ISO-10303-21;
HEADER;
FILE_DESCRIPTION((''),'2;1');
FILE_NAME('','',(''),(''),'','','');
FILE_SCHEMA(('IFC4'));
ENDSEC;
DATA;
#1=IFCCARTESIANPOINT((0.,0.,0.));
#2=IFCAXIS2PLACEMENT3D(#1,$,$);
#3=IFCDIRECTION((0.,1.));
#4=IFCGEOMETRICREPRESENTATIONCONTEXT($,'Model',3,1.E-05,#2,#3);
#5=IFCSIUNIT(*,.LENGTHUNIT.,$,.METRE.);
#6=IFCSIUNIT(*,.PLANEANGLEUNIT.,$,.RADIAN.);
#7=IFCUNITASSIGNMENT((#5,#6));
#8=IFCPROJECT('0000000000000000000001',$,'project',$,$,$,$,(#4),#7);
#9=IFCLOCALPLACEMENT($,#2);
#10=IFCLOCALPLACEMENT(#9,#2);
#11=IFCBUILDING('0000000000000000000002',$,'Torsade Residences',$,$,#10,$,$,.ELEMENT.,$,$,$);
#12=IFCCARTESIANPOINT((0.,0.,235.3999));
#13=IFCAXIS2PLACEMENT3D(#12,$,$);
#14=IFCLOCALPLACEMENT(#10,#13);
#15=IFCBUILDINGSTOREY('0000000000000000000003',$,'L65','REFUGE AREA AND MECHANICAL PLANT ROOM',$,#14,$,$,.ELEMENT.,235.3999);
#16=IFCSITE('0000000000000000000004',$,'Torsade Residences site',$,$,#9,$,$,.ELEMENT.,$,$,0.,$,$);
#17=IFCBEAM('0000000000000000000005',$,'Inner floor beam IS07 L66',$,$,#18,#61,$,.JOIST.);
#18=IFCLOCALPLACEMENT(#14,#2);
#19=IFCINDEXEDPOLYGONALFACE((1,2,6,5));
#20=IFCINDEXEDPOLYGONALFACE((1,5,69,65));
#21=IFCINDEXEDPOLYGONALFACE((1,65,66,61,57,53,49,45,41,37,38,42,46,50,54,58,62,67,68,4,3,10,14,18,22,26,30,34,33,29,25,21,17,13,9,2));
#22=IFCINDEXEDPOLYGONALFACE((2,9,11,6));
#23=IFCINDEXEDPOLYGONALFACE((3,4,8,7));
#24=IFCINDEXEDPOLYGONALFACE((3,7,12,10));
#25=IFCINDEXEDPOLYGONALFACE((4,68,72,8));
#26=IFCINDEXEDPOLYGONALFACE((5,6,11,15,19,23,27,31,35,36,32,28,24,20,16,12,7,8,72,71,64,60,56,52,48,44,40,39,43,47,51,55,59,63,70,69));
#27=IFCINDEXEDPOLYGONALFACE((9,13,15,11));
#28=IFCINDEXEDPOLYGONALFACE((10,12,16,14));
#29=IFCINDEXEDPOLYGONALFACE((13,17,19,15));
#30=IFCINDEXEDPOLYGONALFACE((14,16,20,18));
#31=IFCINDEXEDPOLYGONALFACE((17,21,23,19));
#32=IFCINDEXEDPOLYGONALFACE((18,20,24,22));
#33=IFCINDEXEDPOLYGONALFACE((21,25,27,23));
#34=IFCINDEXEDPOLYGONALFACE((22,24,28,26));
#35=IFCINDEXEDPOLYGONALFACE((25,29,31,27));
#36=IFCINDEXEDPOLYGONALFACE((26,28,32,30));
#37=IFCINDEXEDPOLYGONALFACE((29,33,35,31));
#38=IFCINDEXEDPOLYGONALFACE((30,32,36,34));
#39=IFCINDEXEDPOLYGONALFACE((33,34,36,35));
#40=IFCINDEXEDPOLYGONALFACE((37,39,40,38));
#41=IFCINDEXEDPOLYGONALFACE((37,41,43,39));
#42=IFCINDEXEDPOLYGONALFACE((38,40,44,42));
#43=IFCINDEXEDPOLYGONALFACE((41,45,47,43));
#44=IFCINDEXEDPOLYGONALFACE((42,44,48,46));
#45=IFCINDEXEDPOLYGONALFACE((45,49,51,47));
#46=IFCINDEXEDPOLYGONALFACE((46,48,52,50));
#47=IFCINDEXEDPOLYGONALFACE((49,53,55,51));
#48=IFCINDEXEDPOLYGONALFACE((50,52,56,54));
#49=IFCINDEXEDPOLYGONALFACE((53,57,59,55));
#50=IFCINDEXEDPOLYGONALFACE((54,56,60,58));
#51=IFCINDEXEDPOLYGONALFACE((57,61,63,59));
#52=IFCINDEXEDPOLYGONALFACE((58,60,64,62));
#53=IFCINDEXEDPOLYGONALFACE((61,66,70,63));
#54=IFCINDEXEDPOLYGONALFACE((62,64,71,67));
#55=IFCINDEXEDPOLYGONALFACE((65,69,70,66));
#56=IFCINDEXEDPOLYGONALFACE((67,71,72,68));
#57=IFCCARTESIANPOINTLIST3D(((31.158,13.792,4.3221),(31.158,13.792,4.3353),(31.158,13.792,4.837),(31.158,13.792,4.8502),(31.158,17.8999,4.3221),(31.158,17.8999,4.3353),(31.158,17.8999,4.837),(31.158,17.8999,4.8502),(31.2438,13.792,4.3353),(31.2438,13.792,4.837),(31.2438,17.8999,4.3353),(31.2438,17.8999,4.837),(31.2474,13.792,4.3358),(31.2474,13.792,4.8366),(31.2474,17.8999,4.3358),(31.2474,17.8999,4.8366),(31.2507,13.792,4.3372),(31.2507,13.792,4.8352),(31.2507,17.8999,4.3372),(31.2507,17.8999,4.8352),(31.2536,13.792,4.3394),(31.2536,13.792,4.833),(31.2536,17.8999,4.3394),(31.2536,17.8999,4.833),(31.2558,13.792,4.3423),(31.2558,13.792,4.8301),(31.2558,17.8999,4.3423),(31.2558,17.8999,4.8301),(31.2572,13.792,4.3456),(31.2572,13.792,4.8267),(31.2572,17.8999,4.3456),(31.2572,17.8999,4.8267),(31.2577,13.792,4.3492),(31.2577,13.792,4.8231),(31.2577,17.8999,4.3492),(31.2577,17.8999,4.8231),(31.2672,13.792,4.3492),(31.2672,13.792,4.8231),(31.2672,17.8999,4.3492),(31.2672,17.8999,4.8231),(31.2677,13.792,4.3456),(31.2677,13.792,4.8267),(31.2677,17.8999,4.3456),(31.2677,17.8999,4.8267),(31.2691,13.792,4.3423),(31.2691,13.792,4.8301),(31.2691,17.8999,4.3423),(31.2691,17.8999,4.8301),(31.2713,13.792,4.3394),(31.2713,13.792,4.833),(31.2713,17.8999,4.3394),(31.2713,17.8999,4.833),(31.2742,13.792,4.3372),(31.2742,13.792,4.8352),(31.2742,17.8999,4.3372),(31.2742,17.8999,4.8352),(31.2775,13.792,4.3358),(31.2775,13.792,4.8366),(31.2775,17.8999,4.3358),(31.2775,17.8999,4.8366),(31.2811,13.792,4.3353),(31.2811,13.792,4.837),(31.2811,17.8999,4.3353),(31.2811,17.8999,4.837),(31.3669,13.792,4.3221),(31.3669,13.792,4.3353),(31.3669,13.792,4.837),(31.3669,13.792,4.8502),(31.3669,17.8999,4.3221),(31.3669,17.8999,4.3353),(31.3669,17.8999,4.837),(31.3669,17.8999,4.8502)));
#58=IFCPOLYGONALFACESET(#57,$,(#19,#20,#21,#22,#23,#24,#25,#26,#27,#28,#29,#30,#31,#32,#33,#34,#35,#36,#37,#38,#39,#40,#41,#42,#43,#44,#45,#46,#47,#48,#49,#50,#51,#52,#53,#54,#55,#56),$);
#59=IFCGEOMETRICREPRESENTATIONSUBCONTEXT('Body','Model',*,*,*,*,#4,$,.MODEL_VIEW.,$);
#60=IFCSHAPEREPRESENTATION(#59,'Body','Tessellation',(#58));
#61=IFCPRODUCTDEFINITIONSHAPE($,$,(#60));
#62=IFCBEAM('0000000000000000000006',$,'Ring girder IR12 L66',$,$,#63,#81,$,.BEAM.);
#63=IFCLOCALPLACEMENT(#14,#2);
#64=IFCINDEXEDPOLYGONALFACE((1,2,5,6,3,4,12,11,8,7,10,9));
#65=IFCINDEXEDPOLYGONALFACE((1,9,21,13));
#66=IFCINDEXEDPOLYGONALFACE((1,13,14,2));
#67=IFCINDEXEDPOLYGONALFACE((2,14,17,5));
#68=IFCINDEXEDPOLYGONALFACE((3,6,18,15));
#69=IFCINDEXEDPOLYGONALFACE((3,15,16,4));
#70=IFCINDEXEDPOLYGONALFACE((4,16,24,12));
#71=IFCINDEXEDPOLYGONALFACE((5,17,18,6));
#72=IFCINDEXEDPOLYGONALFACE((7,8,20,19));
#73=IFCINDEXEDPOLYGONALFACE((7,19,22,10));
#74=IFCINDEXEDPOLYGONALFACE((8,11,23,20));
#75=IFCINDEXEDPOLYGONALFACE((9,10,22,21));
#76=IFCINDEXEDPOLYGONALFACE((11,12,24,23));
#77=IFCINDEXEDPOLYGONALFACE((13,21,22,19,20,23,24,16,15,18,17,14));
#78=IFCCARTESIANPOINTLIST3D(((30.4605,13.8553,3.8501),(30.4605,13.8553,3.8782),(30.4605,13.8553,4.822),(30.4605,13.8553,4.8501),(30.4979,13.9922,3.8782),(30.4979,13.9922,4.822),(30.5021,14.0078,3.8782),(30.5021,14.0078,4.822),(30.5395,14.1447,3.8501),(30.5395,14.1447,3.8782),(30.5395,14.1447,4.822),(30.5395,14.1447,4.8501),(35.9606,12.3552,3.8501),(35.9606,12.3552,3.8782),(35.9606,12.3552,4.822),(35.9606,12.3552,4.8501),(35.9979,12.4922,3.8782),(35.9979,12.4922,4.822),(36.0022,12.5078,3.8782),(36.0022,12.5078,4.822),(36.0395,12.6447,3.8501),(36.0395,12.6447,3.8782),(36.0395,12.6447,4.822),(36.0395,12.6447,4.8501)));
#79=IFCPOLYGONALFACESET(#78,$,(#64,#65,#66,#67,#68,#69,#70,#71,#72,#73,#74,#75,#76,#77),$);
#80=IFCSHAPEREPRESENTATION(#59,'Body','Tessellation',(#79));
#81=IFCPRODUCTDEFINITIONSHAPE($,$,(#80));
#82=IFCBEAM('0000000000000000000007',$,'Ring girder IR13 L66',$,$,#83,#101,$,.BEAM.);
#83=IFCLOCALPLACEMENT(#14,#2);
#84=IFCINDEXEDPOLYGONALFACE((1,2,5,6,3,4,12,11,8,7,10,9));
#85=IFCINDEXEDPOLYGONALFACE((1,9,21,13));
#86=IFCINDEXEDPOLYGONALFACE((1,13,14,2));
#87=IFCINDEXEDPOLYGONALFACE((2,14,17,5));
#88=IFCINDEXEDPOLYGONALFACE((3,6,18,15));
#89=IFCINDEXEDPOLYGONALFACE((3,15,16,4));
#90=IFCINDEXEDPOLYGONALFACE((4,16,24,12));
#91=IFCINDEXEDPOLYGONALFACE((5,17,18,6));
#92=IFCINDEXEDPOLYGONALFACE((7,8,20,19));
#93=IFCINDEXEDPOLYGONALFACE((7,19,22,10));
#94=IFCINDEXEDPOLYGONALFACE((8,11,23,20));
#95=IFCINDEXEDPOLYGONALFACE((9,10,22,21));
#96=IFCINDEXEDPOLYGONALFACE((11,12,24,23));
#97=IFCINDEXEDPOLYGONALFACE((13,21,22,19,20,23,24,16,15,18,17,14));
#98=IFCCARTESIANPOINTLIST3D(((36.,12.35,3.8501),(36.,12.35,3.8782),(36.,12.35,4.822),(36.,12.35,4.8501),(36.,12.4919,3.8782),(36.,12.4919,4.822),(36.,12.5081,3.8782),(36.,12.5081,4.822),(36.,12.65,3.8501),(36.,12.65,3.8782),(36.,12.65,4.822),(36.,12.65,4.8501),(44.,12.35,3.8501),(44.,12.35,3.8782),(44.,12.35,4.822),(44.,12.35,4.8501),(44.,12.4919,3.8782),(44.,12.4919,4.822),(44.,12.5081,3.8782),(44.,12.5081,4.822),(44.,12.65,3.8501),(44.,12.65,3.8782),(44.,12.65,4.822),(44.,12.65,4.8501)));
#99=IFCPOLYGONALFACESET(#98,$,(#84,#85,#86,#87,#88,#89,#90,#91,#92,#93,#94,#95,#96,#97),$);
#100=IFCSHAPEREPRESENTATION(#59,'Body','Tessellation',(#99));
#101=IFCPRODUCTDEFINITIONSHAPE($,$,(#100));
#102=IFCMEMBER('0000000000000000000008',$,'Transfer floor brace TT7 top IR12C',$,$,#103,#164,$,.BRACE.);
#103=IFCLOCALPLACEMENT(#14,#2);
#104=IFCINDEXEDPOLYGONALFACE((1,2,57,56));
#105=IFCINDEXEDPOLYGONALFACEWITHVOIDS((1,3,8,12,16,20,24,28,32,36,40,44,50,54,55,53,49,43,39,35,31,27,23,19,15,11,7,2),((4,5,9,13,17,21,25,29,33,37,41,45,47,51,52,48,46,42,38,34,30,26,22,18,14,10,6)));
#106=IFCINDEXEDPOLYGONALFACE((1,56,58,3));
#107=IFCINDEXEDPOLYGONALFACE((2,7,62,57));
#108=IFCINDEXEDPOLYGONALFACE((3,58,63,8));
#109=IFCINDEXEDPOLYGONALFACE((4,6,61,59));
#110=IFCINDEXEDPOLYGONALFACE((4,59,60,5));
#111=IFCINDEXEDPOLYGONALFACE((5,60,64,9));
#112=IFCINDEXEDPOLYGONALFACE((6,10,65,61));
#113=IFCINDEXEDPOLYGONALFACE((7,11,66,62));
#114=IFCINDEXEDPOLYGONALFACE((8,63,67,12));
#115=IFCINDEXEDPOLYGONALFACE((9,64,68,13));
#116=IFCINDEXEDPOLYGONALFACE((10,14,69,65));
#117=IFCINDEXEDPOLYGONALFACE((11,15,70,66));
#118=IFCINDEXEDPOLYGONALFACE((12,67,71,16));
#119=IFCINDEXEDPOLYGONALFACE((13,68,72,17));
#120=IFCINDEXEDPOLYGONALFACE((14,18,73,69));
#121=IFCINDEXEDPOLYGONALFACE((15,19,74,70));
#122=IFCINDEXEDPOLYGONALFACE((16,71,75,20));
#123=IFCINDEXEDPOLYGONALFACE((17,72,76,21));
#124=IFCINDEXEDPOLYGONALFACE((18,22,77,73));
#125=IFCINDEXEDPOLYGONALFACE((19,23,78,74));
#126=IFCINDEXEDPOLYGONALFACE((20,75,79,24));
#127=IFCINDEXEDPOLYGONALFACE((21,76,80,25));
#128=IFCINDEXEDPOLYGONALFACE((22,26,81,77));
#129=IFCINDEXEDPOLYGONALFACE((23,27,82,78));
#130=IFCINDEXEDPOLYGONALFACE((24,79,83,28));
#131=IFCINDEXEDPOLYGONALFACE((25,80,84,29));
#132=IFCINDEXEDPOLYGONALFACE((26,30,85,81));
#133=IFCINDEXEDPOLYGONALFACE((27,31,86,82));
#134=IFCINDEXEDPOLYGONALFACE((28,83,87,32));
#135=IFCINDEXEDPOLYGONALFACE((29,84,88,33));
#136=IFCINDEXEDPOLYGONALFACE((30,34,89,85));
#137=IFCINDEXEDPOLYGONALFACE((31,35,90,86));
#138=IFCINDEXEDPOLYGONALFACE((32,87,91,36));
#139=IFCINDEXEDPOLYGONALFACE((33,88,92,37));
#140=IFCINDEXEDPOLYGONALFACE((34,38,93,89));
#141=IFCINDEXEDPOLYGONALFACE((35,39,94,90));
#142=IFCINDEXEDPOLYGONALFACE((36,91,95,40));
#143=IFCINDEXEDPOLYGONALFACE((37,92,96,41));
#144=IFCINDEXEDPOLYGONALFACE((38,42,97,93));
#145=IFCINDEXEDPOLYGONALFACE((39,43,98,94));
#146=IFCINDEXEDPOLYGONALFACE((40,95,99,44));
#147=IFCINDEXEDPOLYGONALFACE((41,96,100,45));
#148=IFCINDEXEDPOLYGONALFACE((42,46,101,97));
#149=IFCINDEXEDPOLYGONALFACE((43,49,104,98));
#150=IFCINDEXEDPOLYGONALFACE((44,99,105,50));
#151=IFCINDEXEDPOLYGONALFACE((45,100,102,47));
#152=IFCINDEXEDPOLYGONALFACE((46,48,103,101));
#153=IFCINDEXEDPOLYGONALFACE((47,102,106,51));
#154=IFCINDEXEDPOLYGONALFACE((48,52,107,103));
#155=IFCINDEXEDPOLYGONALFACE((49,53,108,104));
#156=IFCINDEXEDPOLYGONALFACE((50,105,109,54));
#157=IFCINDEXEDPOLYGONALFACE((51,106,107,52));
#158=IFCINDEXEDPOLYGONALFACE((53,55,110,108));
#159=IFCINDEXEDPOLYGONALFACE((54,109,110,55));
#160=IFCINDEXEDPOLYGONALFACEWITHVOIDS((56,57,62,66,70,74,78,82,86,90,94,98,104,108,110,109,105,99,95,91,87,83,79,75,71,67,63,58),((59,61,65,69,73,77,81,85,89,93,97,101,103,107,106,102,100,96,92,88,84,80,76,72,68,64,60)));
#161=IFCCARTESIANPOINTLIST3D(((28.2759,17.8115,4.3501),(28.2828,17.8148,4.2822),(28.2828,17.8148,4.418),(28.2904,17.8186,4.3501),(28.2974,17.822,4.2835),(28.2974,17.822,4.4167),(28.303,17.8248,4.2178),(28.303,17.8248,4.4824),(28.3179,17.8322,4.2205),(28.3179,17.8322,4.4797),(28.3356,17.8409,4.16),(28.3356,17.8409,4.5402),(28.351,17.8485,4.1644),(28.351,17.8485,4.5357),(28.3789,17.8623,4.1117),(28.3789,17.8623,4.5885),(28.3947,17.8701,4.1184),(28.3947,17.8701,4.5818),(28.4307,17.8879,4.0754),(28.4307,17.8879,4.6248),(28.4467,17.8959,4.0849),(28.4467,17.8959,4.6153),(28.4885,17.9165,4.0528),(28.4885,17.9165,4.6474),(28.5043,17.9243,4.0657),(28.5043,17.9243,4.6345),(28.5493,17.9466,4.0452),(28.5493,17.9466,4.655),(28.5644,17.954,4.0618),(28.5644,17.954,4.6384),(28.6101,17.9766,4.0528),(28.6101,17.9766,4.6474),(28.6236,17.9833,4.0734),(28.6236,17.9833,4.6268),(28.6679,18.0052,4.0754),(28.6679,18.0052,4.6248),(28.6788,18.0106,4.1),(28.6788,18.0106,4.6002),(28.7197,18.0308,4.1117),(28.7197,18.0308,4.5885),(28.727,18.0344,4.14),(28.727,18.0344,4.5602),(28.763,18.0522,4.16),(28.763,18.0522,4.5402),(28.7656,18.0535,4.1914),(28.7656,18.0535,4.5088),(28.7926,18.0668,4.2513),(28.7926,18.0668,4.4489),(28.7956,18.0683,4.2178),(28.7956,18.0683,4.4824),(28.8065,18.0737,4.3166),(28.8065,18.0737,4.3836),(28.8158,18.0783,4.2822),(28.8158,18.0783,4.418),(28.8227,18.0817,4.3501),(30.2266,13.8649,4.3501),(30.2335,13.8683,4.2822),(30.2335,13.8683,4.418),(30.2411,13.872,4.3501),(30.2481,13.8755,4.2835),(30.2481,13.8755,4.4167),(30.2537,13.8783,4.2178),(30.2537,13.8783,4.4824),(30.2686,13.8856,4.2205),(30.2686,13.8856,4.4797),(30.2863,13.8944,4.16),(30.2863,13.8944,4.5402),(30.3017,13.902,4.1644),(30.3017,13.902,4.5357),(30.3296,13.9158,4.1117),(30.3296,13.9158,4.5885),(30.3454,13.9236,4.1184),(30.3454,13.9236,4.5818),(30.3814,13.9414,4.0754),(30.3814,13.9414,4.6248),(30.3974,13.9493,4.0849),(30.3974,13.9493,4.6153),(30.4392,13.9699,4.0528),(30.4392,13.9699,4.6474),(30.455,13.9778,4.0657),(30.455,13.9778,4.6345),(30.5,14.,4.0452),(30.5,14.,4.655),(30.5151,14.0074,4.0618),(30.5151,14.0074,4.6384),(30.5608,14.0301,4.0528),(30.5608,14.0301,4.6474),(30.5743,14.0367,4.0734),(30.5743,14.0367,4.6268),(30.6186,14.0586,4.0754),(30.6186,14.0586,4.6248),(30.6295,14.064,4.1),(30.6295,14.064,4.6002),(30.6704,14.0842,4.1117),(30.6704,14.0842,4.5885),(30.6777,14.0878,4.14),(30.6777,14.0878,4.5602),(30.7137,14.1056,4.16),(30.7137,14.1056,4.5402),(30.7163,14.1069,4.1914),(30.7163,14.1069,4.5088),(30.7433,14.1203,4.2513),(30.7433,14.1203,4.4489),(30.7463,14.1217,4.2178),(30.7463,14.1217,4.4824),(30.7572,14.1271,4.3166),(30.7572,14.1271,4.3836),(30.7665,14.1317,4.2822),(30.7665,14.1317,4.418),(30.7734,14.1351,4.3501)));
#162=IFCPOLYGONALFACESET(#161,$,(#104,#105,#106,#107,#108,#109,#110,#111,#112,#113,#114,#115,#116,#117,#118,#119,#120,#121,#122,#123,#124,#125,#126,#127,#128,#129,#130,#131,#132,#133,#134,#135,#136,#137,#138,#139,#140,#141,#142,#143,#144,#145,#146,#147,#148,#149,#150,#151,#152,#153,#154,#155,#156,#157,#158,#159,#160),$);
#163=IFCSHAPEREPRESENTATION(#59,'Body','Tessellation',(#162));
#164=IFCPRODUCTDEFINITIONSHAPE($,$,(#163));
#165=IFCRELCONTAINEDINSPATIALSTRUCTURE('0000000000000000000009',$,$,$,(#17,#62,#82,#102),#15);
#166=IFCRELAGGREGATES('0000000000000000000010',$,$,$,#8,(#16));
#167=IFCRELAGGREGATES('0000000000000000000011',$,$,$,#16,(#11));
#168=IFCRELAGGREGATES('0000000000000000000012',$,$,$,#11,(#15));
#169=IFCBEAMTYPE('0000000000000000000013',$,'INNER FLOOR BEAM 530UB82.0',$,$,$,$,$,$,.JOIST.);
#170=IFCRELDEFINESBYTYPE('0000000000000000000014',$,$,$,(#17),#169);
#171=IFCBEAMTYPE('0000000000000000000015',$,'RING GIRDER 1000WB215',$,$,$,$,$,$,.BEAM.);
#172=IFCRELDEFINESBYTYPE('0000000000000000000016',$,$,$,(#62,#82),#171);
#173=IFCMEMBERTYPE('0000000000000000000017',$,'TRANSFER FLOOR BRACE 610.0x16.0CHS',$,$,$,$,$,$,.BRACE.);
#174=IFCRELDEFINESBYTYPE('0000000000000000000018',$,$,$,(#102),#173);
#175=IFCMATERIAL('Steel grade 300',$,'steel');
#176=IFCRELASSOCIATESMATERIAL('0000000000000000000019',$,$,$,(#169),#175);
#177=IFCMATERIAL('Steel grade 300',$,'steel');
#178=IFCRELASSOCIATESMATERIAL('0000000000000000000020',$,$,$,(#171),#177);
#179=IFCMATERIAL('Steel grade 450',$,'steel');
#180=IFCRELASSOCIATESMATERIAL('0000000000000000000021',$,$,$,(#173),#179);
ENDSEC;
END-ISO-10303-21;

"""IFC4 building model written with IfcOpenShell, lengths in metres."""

from ifc_helpers import new_model, si_unit, direction, frame, origin, origin_2d, place, context, subcontext, project, spatial, hollow_circle, i_section, extrude, material, material_profile, profile_set, type_object, element, save


model = new_model("IFC4")

# Units and contexts
model_context = context("Model", 3, precision=1e-05, world=origin(), true_north=direction((0.0, 1.0)))
body_context = subcontext(model_context, "Body", "Model", "MODEL_VIEW")
ifc_project = project(units=[si_unit("LENGTHUNIT", "METRE"), si_unit("PLANEANGLEUNIT", "RADIAN")], contexts=[model_context])

# Site, building, storey
site_placement = place(None, origin())
site = spatial("IfcSite", under=ifc_project, at=site_placement, Name="Torsade Residences site", CompositionType="ELEMENT", RefElevation=0.0)
building_placement = place(site_placement, origin())
building = spatial("IfcBuilding", under=site, at=building_placement, Name="Torsade Residences", CompositionType="ELEMENT")
storey_placement = place(building_placement, frame((0.0, 0.0, 235.3999)))
storey = spatial("IfcBuildingStorey", under=building, at=storey_placement, Name="L65", Description="REFUGE AREA AND MECHANICAL PLANT ROOM", CompositionType="ELEMENT", Elevation=235.3999)

# Beams
ifc_material_1 = material(Name="Steel grade 300", Category="steel")
ifc_material_profile_1 = material_profile(ifc_material_1, i_section(OverallWidth=0.209, OverallDepth=0.5281, WebThickness=0.0095, FlangeThickness=0.0132, FilletRadius=0.0139, at=origin_2d()), Name="530UB82.0")
ifc_profile_set_1 = profile_set([ifc_material_profile_1], Name="Steel grade 300")
beam_type_1 = type_object("IfcBeamType", Name="INNER FLOOR BEAM 530UB82.0", PredefinedType="JOIST", material=ifc_profile_set_1)
beam_1_placement = place(storey_placement, frame((31.2625, 17.8999, 4.5862), z_axis=(0.0, -1.0, 0.0), x_axis=(1.0, 0.0, 0.0)))
element("IfcBeam", 1, at=beam_1_placement, inside=storey, type_object=beam_type_1, Name="Inner floor beam IS07 L66", PredefinedType="JOIST", context=body_context, shape_type="SweptSolid", body=[
    extrude(i_section(OverallWidth=0.209, OverallDepth=0.5281, WebThickness=0.0095, FlangeThickness=0.0132, FilletRadius=0.0139, at=origin_2d()), origin(), (0.0, 0.0, 1.0), 4.1079),
])
ifc_material_2 = material(Name="Steel grade 300", Category="steel")
ifc_material_profile_2 = material_profile(ifc_material_2, i_section(OverallWidth=0.3, OverallDepth=1.0, WebThickness=0.0161, FlangeThickness=0.0281, at=origin_2d()), Name="1000WB215")
ifc_profile_set_2 = profile_set([ifc_material_profile_2], Name="Steel grade 300")
beam_type_2 = type_object("IfcBeamType", Name="RING GIRDER 1000WB215", PredefinedType="BEAM", material=ifc_profile_set_2)
beam_2_placement = place(storey_placement, frame((30.5, 14.0, 4.3501), z_axis=(0.964764, -0.263117, 0.0), x_axis=(0.263117, 0.964764, 0.0)))
element("IfcBeam", 2, at=beam_2_placement, inside=storey, type_object=beam_type_2, Name="Ring girder IR12 L66", PredefinedType="BEAM", context=body_context, shape_type="SweptSolid", body=[
    extrude(i_section(OverallWidth=0.3, OverallDepth=1.0, WebThickness=0.0161, FlangeThickness=0.0281, at=origin_2d()), origin(), (0.0, 0.0, 1.0), 5.7009),
])
beam_3_placement = place(storey_placement, frame((36.0, 12.5, 4.3501), z_axis=(1.0, 0.0, 0.0), x_axis=(0.0, 1.0, 0.0)))
element("IfcBeam", 3, at=beam_3_placement, inside=storey, type_object=beam_type_2, Name="Ring girder IR13 L66", PredefinedType="BEAM", context=body_context, shape_type="SweptSolid", body=[
    extrude(i_section(OverallWidth=0.3, OverallDepth=1.0, WebThickness=0.0161, FlangeThickness=0.0281, at=origin_2d()), origin(), (0.0, 0.0, 1.0), 8.0),
])

# Member
ifc_material_3 = material(Name="Steel grade 450", Category="steel")
ifc_material_profile_3 = material_profile(ifc_material_3, hollow_circle(Radius=0.3049, WallThickness=0.0161, at=origin_2d()), Name="610.0x16.0CHS")
ifc_profile_set_3 = profile_set([ifc_material_profile_3], Name="Steel grade 450")
member_type_1 = type_object("IfcMemberType", Name="TRANSFER FLOOR BRACE 610.0x16.0CHS", PredefinedType="BRACE", material=ifc_profile_set_3)
member_1_placement = place(storey_placement, frame((30.5, 14.0, 4.3501), z_axis=(-0.443105, 0.89647, 0.0), x_axis=(-0.89647, -0.443105, 0.0)))
element("IfcMember", 4, at=member_1_placement, inside=storey, type_object=member_type_1, Name="Transfer floor brace TT7 top IR12C", PredefinedType="BRACE", context=body_context, shape_type="SweptSolid", body=[
    extrude(hollow_circle(Radius=0.3049, WallThickness=0.0161, at=origin_2d()), origin(), (0.0, 0.0, 1.0), 4.4023),
])

save(model, "model.ifc")
